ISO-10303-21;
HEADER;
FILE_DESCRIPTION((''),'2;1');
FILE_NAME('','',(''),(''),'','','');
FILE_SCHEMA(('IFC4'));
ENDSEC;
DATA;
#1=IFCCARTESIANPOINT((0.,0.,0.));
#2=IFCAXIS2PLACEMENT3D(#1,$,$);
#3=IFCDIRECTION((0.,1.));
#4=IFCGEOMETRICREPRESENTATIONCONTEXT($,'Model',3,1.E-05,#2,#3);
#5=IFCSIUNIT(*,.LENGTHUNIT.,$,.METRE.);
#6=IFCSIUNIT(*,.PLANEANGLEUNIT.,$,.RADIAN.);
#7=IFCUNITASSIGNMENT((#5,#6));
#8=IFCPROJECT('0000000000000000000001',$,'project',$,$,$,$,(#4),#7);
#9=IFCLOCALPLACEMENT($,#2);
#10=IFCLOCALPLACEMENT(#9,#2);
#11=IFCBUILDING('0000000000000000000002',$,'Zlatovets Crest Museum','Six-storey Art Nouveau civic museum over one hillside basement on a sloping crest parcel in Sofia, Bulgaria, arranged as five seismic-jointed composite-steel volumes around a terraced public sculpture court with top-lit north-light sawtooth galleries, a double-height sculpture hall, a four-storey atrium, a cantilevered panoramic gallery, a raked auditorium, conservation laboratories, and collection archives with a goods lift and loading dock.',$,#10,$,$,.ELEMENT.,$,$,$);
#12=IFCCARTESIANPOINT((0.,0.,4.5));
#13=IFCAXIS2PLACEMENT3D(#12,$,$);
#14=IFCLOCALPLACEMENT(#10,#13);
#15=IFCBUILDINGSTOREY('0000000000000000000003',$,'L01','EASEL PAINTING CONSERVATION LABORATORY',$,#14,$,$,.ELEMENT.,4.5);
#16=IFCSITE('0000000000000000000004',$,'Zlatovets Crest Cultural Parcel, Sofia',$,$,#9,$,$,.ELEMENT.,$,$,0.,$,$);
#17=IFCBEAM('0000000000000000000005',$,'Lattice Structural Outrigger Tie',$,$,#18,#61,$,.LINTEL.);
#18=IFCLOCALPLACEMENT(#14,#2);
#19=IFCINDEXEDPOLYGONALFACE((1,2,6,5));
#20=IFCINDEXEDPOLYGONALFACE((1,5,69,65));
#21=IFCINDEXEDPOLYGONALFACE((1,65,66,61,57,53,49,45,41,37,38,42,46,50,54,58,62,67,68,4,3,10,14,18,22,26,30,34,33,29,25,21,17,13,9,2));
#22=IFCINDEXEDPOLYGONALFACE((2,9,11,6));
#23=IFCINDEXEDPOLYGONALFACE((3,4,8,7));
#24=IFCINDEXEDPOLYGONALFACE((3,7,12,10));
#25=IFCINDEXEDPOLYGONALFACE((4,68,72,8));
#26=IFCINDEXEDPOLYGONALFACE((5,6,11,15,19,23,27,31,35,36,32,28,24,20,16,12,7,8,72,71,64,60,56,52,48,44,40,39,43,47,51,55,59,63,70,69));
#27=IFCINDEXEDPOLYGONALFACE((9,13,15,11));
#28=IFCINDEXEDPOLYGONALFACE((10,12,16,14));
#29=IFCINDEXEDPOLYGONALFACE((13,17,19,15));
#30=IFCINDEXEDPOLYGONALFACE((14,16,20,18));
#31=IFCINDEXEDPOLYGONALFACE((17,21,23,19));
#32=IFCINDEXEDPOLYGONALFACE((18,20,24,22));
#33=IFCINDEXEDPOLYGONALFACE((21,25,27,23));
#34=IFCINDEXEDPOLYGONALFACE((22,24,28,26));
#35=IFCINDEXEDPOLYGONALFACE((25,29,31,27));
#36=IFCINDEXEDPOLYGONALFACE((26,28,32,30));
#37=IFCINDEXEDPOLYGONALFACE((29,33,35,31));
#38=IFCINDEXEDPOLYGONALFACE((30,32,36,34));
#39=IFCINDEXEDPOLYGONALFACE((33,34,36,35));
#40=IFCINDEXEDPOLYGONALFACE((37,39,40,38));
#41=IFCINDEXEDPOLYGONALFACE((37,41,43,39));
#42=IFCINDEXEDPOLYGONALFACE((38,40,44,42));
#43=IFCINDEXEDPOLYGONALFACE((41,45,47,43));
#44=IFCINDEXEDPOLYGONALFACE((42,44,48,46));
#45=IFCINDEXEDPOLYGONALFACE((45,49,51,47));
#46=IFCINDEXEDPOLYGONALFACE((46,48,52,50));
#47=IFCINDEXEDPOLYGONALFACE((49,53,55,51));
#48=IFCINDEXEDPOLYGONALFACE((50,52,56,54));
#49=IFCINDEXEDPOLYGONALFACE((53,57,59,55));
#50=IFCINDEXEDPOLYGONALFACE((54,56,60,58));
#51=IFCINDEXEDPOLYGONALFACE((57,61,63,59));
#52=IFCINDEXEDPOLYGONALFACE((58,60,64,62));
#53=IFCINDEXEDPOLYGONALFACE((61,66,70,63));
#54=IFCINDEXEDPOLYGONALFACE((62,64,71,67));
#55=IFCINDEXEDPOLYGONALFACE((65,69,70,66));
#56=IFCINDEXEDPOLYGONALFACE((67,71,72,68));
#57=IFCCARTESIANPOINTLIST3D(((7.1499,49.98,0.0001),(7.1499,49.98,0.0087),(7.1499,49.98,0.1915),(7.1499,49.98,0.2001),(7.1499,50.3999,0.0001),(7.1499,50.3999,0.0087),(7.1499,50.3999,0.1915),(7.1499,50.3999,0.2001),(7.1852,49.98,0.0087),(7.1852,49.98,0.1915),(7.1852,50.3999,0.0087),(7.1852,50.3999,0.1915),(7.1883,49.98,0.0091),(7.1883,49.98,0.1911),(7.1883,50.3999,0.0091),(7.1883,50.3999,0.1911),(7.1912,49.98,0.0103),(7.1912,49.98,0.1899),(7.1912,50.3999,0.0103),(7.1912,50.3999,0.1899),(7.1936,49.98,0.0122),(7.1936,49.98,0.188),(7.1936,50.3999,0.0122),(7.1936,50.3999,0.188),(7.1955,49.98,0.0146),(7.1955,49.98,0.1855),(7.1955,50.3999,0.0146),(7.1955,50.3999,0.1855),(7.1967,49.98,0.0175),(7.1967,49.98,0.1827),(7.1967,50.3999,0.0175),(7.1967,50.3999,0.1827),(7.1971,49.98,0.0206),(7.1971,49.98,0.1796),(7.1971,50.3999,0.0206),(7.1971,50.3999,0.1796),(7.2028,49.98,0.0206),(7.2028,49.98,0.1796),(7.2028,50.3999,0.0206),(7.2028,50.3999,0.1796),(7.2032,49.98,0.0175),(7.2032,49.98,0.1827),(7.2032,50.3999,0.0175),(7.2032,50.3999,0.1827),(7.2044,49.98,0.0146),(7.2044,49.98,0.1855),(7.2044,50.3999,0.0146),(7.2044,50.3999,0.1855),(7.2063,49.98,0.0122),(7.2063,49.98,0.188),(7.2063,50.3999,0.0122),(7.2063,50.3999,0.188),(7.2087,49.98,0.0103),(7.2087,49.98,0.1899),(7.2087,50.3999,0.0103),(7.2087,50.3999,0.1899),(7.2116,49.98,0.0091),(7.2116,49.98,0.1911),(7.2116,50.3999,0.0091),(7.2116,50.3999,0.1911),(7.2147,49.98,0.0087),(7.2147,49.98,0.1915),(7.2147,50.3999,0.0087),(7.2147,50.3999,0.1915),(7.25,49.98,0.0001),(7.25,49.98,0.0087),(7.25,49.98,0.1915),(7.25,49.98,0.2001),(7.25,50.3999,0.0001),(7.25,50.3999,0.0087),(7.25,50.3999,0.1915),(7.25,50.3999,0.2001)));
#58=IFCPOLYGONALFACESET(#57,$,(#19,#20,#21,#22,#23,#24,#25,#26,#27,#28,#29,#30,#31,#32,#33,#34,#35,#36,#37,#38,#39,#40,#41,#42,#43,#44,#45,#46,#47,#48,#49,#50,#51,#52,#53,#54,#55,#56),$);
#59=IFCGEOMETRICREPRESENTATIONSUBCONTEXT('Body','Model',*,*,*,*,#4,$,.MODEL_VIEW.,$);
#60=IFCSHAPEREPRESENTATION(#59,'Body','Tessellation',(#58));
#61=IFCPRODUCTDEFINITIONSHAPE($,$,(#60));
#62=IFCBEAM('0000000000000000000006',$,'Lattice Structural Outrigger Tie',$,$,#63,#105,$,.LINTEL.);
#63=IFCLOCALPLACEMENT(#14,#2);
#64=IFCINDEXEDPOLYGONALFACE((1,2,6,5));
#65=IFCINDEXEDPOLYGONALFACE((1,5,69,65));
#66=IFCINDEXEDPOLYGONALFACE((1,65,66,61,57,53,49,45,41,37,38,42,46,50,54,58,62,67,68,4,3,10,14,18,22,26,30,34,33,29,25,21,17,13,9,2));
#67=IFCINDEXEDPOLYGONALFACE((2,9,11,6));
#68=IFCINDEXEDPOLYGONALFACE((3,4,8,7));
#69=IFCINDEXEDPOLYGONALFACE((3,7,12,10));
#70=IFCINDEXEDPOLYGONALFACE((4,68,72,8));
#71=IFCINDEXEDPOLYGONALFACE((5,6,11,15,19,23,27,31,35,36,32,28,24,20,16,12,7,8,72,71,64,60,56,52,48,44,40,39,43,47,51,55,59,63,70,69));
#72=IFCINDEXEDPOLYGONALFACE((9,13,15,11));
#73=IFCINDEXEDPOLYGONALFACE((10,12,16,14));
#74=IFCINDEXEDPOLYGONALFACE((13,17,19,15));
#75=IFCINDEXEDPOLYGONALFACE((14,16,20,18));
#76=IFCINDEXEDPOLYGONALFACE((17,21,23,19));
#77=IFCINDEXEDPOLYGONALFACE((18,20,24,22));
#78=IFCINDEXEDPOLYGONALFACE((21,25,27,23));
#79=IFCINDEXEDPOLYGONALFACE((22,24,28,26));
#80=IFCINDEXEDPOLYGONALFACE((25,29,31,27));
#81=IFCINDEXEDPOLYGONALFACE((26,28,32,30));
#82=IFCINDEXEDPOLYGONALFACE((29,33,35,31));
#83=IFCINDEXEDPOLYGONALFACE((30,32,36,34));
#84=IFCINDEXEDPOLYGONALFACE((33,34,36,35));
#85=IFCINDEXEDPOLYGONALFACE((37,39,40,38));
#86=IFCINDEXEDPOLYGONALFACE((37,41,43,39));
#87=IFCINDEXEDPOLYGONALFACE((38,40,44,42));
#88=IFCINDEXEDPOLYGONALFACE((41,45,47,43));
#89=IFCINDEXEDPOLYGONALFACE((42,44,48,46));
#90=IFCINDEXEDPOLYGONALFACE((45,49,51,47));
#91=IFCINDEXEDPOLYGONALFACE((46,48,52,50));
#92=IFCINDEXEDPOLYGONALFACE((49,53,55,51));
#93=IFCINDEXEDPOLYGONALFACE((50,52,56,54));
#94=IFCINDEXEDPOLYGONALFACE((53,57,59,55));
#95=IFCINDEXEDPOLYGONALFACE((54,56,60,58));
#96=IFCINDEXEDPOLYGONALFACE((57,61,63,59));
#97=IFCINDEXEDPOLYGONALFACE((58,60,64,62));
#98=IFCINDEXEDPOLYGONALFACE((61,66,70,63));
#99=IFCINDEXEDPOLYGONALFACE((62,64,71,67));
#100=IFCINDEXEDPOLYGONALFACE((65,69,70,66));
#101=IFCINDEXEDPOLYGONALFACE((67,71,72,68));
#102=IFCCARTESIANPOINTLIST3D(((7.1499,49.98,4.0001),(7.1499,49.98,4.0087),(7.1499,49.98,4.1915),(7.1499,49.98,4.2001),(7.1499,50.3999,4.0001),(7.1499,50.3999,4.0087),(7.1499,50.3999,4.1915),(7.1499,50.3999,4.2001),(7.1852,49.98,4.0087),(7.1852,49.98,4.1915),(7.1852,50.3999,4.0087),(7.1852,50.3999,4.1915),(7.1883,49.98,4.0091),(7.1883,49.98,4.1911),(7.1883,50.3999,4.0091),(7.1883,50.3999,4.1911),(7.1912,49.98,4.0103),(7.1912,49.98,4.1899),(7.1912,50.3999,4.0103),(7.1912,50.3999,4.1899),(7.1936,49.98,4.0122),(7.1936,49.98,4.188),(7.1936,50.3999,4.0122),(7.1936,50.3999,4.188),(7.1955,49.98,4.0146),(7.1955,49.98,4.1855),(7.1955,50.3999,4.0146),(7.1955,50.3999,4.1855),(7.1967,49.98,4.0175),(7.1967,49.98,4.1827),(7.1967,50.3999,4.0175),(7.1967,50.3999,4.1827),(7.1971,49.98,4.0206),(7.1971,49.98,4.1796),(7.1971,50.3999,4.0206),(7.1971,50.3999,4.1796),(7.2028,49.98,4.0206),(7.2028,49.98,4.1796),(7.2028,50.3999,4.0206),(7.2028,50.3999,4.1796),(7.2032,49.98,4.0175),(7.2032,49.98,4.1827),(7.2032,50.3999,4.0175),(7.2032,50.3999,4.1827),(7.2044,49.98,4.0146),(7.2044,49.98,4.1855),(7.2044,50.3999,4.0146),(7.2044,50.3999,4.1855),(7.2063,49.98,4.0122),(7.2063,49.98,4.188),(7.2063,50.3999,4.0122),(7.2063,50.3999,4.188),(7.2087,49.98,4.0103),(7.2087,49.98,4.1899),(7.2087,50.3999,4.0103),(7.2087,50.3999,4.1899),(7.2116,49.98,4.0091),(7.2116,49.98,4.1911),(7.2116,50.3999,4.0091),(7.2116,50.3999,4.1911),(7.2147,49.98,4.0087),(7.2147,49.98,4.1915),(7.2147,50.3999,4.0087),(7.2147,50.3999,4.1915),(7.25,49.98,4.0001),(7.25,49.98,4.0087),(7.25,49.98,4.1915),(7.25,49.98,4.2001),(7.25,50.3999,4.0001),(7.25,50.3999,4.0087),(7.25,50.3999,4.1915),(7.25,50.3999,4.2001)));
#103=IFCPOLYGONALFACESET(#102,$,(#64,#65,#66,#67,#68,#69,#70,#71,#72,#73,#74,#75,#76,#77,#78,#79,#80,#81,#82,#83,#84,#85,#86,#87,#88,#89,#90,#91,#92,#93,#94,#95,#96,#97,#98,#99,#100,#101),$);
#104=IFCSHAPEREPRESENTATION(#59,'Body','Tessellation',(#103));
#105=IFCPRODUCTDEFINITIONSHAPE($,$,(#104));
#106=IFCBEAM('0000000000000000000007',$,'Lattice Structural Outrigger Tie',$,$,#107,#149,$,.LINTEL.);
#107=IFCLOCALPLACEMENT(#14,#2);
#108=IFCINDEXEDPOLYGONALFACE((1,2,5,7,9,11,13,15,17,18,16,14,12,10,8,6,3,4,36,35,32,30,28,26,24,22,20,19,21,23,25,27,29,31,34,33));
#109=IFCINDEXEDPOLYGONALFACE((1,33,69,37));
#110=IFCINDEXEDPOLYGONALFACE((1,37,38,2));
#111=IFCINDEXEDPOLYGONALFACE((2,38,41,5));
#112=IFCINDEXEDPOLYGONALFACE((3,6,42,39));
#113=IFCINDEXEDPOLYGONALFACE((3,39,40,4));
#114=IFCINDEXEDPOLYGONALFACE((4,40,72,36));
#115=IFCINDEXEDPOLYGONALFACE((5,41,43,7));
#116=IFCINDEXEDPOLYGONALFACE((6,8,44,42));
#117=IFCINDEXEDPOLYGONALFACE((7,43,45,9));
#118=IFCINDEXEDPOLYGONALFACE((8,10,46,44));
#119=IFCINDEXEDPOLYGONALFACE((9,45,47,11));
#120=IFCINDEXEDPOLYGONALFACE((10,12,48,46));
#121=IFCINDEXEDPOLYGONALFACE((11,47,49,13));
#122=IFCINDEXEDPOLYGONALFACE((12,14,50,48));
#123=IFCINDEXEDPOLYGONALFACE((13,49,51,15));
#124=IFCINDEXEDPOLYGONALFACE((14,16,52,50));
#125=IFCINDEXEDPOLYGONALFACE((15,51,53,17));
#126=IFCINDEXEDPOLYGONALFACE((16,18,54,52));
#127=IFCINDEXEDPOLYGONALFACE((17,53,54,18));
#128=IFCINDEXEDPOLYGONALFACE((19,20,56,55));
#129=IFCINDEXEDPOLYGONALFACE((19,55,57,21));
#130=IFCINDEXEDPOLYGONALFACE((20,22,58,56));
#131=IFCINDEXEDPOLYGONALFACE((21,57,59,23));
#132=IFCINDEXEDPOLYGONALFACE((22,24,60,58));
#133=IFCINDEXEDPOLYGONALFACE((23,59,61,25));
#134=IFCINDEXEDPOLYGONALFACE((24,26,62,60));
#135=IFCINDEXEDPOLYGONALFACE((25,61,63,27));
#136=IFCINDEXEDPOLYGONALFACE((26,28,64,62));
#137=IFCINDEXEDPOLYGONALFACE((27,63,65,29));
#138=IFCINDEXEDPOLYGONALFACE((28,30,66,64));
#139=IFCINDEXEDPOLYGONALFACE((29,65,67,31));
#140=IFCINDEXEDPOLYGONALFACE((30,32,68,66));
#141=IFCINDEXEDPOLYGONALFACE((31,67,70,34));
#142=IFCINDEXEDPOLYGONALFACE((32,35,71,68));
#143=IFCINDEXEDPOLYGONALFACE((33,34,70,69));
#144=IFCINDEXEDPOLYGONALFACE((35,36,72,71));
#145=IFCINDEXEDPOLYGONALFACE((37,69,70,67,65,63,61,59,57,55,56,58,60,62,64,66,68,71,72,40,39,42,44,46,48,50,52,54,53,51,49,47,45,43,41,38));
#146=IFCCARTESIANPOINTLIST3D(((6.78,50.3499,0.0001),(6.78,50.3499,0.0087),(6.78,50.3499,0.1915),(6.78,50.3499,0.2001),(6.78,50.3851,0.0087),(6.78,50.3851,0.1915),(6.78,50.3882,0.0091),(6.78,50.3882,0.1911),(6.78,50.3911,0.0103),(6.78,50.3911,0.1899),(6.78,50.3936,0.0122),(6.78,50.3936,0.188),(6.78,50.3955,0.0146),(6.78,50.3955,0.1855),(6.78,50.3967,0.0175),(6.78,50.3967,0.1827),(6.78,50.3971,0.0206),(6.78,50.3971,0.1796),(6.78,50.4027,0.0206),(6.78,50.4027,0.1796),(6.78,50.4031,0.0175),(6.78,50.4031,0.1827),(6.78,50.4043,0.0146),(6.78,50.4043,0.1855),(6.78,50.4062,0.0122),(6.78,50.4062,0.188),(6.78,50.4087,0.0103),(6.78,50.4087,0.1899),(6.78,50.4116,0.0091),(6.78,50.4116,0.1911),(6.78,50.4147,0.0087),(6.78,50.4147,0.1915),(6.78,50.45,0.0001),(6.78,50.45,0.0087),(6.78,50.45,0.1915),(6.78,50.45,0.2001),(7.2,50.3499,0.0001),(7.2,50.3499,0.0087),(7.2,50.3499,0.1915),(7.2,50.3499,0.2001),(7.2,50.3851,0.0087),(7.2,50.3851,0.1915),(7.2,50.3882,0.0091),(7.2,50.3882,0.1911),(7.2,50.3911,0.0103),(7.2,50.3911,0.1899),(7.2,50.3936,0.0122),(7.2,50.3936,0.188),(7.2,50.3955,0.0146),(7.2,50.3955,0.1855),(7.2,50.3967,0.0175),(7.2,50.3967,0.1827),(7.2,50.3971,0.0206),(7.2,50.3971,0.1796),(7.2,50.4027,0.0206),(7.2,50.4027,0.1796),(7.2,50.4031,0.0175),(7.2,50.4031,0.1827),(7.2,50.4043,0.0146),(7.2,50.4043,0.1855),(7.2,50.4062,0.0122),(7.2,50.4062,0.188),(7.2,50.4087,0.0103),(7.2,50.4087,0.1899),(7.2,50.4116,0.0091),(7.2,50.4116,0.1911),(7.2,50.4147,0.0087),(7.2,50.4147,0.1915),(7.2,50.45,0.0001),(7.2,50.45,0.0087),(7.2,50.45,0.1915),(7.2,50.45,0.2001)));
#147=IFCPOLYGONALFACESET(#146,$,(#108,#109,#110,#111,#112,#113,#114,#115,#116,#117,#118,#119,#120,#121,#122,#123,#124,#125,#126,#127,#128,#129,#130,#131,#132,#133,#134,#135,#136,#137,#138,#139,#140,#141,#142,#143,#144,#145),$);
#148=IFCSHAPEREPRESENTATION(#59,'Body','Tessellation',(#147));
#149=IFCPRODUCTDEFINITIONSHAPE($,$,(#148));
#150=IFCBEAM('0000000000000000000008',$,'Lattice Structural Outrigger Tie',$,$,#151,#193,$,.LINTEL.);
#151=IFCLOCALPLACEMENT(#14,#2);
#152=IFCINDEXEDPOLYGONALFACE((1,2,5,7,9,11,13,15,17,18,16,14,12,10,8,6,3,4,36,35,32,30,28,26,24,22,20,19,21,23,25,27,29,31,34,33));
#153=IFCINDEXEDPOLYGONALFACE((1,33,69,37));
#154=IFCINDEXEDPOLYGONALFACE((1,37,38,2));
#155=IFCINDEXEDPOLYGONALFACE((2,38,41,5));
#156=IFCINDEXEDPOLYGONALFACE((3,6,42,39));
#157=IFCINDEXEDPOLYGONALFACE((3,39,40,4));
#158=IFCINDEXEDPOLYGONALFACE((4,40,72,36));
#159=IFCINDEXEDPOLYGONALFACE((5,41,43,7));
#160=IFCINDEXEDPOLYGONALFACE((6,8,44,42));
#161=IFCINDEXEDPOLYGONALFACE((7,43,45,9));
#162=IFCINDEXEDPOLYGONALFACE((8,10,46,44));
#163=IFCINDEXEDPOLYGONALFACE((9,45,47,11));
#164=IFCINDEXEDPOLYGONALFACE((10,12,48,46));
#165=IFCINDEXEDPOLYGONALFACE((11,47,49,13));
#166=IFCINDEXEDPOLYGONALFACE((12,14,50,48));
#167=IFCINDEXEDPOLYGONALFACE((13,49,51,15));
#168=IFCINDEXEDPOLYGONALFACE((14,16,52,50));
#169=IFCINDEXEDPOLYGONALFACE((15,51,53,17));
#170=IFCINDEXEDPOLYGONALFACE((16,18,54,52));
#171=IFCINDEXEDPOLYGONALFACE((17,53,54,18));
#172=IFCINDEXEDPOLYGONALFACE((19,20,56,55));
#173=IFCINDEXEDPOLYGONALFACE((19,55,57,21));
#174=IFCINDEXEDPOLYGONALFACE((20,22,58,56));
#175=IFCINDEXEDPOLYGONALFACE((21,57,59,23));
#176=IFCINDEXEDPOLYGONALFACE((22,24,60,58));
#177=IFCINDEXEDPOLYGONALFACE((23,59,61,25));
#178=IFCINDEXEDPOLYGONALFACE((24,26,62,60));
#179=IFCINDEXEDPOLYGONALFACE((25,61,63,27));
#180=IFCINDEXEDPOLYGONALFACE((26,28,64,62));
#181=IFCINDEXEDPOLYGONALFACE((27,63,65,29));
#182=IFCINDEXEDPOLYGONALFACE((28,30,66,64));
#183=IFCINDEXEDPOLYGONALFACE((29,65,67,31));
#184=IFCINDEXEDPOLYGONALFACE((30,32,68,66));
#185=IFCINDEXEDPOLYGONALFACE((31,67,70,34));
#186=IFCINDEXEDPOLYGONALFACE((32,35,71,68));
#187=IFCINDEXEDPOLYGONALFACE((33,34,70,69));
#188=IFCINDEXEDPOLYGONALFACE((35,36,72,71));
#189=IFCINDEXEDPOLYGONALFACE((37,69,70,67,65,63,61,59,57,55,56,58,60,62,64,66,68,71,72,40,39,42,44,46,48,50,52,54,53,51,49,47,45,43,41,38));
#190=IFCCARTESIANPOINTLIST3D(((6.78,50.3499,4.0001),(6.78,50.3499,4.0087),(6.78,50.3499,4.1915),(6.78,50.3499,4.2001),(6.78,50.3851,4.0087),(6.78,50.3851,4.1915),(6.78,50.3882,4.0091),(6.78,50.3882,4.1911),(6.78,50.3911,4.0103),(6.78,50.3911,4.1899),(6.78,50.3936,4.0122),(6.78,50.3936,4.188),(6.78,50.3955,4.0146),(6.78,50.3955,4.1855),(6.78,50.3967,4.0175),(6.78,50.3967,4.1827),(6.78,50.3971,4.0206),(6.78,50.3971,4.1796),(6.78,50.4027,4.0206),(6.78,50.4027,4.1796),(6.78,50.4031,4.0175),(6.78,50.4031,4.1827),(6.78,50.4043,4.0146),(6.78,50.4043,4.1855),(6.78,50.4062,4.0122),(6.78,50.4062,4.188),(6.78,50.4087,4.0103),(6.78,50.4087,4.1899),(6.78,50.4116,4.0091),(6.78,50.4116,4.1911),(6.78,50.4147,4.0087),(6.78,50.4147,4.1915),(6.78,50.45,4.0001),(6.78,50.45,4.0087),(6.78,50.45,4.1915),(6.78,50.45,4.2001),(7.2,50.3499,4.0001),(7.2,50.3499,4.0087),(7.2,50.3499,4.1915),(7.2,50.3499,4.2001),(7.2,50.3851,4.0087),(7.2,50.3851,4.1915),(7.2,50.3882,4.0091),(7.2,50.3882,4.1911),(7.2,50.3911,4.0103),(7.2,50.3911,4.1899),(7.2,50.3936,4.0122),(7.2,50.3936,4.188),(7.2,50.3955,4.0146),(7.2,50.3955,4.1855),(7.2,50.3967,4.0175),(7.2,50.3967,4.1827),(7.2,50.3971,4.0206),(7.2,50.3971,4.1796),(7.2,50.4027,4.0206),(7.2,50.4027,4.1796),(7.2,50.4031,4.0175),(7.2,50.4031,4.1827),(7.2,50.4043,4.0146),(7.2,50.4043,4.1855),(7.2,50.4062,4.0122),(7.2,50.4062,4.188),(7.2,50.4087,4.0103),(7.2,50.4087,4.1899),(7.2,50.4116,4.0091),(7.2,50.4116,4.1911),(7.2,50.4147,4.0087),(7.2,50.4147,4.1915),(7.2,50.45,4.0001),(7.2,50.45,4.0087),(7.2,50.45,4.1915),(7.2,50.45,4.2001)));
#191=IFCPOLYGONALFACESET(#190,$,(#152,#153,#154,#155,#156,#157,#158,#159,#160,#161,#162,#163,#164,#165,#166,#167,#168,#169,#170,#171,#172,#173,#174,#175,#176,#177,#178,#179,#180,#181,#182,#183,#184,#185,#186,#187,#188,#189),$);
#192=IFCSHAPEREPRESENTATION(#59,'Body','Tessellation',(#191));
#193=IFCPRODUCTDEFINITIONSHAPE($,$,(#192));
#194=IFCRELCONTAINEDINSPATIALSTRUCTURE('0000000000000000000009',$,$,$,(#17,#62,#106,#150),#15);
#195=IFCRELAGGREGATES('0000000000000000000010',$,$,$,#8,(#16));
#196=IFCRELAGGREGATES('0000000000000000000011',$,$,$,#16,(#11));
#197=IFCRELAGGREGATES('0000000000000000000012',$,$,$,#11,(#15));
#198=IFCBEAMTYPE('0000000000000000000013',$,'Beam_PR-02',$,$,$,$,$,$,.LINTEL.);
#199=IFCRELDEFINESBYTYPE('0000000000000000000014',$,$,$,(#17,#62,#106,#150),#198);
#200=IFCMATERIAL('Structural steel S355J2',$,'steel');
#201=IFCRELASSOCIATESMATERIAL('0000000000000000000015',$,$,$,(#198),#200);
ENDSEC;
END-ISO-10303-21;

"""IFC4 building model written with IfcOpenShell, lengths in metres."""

from ifc_helpers import new_model, si_unit, direction, frame, origin, origin_2d, place, context, subcontext, project, spatial, i_section, extrude, material, material_profile, profile_set, type_object, element, save


model = new_model("IFC4")

# Units and contexts
model_context = context("Model", 3, precision=1e-05, world=origin(), true_north=direction((0.0, 1.0)))
body_context = subcontext(model_context, "Body", "Model", "MODEL_VIEW")
ifc_project = project(units=[si_unit("LENGTHUNIT", "METRE"), si_unit("PLANEANGLEUNIT", "RADIAN")], contexts=[model_context])

# Site, building, storey
site_placement = place(None, origin())
site = spatial("IfcSite", under=ifc_project, at=site_placement, Name="Zlatovets Crest Cultural Parcel, Sofia", CompositionType="ELEMENT", RefElevation=0.0)
building_placement = place(site_placement, origin())
building = spatial("IfcBuilding", under=site, at=building_placement, Name="Zlatovets Crest Museum", Description="Six-storey Art Nouveau civic museum over one hillside basement on a sloping crest parcel in Sofia, Bulgaria, arranged as five seismic-jointed composite-steel volumes around a terraced public sculpture court with top-lit north-light sawtooth galleries, a double-height sculpture hall, a four-storey atrium, a cantilevered panoramic gallery, a raked auditorium, conservation laboratories, and collection archives with a goods lift and loading dock.", CompositionType="ELEMENT")
storey_placement = place(building_placement, frame((0.0, 0.0, 4.5)))
storey = spatial("IfcBuildingStorey", under=building, at=storey_placement, Name="L01", Description="EASEL PAINTING CONSERVATION LABORATORY", CompositionType="ELEMENT", Elevation=4.5)

# Shared definitions
ifc_material_1 = material(Name="Structural steel S355J2", Category="steel")

# Beams
ifc_material_profile_1 = material_profile(ifc_material_1, i_section(OverallWidth=0.1001, OverallDepth=0.2, WebThickness=0.0056, FlangeThickness=0.0085, FilletRadius=0.012, at=origin_2d()), Name="IPE 200")
ifc_profile_set_1 = profile_set([ifc_material_profile_1], Name="Structural steel S355J2")
beam_type_1 = type_object("IfcBeamType", Name="Beam_PR-02", PredefinedType="LINTEL", material=ifc_profile_set_1)
for number, where, z_axis, x_axis, name in (
    (1, (7.2, 50.3999, 0.1001), (0.0, -1.0, 0.0), (1.0, 0.0, 0.0), "Lattice Structural Outrigger Tie"),
    (2, (7.2, 50.3999, 4.1001), (0.0, -1.0, 0.0), (1.0, 0.0, 0.0), "Lattice Structural Outrigger Tie"),
    (3, (7.2, 50.3999, 0.1001), (-1.0, 0.0, 0.0), (0.0, -1.0, 0.0), "Lattice Structural Outrigger Tie"),
    (4, (7.2, 50.3999, 4.1001), (-1.0, 0.0, 0.0), (0.0, -1.0, 0.0), "Lattice Structural Outrigger Tie"),
):
    element("IfcBeam", number, at=place(storey_placement, frame(where, z_axis=z_axis, x_axis=x_axis)), inside=storey, type_object=beam_type_1, Name=name, PredefinedType="LINTEL", context=body_context, shape_type="SweptSolid", body=[
        extrude(i_section(OverallWidth=0.1001, OverallDepth=0.2, WebThickness=0.0056, FlangeThickness=0.0085, FilletRadius=0.012, at=origin_2d()), origin(), (0.0, 0.0, 1.0), 0.4199),
    ])

save(model, "model.ifc")
